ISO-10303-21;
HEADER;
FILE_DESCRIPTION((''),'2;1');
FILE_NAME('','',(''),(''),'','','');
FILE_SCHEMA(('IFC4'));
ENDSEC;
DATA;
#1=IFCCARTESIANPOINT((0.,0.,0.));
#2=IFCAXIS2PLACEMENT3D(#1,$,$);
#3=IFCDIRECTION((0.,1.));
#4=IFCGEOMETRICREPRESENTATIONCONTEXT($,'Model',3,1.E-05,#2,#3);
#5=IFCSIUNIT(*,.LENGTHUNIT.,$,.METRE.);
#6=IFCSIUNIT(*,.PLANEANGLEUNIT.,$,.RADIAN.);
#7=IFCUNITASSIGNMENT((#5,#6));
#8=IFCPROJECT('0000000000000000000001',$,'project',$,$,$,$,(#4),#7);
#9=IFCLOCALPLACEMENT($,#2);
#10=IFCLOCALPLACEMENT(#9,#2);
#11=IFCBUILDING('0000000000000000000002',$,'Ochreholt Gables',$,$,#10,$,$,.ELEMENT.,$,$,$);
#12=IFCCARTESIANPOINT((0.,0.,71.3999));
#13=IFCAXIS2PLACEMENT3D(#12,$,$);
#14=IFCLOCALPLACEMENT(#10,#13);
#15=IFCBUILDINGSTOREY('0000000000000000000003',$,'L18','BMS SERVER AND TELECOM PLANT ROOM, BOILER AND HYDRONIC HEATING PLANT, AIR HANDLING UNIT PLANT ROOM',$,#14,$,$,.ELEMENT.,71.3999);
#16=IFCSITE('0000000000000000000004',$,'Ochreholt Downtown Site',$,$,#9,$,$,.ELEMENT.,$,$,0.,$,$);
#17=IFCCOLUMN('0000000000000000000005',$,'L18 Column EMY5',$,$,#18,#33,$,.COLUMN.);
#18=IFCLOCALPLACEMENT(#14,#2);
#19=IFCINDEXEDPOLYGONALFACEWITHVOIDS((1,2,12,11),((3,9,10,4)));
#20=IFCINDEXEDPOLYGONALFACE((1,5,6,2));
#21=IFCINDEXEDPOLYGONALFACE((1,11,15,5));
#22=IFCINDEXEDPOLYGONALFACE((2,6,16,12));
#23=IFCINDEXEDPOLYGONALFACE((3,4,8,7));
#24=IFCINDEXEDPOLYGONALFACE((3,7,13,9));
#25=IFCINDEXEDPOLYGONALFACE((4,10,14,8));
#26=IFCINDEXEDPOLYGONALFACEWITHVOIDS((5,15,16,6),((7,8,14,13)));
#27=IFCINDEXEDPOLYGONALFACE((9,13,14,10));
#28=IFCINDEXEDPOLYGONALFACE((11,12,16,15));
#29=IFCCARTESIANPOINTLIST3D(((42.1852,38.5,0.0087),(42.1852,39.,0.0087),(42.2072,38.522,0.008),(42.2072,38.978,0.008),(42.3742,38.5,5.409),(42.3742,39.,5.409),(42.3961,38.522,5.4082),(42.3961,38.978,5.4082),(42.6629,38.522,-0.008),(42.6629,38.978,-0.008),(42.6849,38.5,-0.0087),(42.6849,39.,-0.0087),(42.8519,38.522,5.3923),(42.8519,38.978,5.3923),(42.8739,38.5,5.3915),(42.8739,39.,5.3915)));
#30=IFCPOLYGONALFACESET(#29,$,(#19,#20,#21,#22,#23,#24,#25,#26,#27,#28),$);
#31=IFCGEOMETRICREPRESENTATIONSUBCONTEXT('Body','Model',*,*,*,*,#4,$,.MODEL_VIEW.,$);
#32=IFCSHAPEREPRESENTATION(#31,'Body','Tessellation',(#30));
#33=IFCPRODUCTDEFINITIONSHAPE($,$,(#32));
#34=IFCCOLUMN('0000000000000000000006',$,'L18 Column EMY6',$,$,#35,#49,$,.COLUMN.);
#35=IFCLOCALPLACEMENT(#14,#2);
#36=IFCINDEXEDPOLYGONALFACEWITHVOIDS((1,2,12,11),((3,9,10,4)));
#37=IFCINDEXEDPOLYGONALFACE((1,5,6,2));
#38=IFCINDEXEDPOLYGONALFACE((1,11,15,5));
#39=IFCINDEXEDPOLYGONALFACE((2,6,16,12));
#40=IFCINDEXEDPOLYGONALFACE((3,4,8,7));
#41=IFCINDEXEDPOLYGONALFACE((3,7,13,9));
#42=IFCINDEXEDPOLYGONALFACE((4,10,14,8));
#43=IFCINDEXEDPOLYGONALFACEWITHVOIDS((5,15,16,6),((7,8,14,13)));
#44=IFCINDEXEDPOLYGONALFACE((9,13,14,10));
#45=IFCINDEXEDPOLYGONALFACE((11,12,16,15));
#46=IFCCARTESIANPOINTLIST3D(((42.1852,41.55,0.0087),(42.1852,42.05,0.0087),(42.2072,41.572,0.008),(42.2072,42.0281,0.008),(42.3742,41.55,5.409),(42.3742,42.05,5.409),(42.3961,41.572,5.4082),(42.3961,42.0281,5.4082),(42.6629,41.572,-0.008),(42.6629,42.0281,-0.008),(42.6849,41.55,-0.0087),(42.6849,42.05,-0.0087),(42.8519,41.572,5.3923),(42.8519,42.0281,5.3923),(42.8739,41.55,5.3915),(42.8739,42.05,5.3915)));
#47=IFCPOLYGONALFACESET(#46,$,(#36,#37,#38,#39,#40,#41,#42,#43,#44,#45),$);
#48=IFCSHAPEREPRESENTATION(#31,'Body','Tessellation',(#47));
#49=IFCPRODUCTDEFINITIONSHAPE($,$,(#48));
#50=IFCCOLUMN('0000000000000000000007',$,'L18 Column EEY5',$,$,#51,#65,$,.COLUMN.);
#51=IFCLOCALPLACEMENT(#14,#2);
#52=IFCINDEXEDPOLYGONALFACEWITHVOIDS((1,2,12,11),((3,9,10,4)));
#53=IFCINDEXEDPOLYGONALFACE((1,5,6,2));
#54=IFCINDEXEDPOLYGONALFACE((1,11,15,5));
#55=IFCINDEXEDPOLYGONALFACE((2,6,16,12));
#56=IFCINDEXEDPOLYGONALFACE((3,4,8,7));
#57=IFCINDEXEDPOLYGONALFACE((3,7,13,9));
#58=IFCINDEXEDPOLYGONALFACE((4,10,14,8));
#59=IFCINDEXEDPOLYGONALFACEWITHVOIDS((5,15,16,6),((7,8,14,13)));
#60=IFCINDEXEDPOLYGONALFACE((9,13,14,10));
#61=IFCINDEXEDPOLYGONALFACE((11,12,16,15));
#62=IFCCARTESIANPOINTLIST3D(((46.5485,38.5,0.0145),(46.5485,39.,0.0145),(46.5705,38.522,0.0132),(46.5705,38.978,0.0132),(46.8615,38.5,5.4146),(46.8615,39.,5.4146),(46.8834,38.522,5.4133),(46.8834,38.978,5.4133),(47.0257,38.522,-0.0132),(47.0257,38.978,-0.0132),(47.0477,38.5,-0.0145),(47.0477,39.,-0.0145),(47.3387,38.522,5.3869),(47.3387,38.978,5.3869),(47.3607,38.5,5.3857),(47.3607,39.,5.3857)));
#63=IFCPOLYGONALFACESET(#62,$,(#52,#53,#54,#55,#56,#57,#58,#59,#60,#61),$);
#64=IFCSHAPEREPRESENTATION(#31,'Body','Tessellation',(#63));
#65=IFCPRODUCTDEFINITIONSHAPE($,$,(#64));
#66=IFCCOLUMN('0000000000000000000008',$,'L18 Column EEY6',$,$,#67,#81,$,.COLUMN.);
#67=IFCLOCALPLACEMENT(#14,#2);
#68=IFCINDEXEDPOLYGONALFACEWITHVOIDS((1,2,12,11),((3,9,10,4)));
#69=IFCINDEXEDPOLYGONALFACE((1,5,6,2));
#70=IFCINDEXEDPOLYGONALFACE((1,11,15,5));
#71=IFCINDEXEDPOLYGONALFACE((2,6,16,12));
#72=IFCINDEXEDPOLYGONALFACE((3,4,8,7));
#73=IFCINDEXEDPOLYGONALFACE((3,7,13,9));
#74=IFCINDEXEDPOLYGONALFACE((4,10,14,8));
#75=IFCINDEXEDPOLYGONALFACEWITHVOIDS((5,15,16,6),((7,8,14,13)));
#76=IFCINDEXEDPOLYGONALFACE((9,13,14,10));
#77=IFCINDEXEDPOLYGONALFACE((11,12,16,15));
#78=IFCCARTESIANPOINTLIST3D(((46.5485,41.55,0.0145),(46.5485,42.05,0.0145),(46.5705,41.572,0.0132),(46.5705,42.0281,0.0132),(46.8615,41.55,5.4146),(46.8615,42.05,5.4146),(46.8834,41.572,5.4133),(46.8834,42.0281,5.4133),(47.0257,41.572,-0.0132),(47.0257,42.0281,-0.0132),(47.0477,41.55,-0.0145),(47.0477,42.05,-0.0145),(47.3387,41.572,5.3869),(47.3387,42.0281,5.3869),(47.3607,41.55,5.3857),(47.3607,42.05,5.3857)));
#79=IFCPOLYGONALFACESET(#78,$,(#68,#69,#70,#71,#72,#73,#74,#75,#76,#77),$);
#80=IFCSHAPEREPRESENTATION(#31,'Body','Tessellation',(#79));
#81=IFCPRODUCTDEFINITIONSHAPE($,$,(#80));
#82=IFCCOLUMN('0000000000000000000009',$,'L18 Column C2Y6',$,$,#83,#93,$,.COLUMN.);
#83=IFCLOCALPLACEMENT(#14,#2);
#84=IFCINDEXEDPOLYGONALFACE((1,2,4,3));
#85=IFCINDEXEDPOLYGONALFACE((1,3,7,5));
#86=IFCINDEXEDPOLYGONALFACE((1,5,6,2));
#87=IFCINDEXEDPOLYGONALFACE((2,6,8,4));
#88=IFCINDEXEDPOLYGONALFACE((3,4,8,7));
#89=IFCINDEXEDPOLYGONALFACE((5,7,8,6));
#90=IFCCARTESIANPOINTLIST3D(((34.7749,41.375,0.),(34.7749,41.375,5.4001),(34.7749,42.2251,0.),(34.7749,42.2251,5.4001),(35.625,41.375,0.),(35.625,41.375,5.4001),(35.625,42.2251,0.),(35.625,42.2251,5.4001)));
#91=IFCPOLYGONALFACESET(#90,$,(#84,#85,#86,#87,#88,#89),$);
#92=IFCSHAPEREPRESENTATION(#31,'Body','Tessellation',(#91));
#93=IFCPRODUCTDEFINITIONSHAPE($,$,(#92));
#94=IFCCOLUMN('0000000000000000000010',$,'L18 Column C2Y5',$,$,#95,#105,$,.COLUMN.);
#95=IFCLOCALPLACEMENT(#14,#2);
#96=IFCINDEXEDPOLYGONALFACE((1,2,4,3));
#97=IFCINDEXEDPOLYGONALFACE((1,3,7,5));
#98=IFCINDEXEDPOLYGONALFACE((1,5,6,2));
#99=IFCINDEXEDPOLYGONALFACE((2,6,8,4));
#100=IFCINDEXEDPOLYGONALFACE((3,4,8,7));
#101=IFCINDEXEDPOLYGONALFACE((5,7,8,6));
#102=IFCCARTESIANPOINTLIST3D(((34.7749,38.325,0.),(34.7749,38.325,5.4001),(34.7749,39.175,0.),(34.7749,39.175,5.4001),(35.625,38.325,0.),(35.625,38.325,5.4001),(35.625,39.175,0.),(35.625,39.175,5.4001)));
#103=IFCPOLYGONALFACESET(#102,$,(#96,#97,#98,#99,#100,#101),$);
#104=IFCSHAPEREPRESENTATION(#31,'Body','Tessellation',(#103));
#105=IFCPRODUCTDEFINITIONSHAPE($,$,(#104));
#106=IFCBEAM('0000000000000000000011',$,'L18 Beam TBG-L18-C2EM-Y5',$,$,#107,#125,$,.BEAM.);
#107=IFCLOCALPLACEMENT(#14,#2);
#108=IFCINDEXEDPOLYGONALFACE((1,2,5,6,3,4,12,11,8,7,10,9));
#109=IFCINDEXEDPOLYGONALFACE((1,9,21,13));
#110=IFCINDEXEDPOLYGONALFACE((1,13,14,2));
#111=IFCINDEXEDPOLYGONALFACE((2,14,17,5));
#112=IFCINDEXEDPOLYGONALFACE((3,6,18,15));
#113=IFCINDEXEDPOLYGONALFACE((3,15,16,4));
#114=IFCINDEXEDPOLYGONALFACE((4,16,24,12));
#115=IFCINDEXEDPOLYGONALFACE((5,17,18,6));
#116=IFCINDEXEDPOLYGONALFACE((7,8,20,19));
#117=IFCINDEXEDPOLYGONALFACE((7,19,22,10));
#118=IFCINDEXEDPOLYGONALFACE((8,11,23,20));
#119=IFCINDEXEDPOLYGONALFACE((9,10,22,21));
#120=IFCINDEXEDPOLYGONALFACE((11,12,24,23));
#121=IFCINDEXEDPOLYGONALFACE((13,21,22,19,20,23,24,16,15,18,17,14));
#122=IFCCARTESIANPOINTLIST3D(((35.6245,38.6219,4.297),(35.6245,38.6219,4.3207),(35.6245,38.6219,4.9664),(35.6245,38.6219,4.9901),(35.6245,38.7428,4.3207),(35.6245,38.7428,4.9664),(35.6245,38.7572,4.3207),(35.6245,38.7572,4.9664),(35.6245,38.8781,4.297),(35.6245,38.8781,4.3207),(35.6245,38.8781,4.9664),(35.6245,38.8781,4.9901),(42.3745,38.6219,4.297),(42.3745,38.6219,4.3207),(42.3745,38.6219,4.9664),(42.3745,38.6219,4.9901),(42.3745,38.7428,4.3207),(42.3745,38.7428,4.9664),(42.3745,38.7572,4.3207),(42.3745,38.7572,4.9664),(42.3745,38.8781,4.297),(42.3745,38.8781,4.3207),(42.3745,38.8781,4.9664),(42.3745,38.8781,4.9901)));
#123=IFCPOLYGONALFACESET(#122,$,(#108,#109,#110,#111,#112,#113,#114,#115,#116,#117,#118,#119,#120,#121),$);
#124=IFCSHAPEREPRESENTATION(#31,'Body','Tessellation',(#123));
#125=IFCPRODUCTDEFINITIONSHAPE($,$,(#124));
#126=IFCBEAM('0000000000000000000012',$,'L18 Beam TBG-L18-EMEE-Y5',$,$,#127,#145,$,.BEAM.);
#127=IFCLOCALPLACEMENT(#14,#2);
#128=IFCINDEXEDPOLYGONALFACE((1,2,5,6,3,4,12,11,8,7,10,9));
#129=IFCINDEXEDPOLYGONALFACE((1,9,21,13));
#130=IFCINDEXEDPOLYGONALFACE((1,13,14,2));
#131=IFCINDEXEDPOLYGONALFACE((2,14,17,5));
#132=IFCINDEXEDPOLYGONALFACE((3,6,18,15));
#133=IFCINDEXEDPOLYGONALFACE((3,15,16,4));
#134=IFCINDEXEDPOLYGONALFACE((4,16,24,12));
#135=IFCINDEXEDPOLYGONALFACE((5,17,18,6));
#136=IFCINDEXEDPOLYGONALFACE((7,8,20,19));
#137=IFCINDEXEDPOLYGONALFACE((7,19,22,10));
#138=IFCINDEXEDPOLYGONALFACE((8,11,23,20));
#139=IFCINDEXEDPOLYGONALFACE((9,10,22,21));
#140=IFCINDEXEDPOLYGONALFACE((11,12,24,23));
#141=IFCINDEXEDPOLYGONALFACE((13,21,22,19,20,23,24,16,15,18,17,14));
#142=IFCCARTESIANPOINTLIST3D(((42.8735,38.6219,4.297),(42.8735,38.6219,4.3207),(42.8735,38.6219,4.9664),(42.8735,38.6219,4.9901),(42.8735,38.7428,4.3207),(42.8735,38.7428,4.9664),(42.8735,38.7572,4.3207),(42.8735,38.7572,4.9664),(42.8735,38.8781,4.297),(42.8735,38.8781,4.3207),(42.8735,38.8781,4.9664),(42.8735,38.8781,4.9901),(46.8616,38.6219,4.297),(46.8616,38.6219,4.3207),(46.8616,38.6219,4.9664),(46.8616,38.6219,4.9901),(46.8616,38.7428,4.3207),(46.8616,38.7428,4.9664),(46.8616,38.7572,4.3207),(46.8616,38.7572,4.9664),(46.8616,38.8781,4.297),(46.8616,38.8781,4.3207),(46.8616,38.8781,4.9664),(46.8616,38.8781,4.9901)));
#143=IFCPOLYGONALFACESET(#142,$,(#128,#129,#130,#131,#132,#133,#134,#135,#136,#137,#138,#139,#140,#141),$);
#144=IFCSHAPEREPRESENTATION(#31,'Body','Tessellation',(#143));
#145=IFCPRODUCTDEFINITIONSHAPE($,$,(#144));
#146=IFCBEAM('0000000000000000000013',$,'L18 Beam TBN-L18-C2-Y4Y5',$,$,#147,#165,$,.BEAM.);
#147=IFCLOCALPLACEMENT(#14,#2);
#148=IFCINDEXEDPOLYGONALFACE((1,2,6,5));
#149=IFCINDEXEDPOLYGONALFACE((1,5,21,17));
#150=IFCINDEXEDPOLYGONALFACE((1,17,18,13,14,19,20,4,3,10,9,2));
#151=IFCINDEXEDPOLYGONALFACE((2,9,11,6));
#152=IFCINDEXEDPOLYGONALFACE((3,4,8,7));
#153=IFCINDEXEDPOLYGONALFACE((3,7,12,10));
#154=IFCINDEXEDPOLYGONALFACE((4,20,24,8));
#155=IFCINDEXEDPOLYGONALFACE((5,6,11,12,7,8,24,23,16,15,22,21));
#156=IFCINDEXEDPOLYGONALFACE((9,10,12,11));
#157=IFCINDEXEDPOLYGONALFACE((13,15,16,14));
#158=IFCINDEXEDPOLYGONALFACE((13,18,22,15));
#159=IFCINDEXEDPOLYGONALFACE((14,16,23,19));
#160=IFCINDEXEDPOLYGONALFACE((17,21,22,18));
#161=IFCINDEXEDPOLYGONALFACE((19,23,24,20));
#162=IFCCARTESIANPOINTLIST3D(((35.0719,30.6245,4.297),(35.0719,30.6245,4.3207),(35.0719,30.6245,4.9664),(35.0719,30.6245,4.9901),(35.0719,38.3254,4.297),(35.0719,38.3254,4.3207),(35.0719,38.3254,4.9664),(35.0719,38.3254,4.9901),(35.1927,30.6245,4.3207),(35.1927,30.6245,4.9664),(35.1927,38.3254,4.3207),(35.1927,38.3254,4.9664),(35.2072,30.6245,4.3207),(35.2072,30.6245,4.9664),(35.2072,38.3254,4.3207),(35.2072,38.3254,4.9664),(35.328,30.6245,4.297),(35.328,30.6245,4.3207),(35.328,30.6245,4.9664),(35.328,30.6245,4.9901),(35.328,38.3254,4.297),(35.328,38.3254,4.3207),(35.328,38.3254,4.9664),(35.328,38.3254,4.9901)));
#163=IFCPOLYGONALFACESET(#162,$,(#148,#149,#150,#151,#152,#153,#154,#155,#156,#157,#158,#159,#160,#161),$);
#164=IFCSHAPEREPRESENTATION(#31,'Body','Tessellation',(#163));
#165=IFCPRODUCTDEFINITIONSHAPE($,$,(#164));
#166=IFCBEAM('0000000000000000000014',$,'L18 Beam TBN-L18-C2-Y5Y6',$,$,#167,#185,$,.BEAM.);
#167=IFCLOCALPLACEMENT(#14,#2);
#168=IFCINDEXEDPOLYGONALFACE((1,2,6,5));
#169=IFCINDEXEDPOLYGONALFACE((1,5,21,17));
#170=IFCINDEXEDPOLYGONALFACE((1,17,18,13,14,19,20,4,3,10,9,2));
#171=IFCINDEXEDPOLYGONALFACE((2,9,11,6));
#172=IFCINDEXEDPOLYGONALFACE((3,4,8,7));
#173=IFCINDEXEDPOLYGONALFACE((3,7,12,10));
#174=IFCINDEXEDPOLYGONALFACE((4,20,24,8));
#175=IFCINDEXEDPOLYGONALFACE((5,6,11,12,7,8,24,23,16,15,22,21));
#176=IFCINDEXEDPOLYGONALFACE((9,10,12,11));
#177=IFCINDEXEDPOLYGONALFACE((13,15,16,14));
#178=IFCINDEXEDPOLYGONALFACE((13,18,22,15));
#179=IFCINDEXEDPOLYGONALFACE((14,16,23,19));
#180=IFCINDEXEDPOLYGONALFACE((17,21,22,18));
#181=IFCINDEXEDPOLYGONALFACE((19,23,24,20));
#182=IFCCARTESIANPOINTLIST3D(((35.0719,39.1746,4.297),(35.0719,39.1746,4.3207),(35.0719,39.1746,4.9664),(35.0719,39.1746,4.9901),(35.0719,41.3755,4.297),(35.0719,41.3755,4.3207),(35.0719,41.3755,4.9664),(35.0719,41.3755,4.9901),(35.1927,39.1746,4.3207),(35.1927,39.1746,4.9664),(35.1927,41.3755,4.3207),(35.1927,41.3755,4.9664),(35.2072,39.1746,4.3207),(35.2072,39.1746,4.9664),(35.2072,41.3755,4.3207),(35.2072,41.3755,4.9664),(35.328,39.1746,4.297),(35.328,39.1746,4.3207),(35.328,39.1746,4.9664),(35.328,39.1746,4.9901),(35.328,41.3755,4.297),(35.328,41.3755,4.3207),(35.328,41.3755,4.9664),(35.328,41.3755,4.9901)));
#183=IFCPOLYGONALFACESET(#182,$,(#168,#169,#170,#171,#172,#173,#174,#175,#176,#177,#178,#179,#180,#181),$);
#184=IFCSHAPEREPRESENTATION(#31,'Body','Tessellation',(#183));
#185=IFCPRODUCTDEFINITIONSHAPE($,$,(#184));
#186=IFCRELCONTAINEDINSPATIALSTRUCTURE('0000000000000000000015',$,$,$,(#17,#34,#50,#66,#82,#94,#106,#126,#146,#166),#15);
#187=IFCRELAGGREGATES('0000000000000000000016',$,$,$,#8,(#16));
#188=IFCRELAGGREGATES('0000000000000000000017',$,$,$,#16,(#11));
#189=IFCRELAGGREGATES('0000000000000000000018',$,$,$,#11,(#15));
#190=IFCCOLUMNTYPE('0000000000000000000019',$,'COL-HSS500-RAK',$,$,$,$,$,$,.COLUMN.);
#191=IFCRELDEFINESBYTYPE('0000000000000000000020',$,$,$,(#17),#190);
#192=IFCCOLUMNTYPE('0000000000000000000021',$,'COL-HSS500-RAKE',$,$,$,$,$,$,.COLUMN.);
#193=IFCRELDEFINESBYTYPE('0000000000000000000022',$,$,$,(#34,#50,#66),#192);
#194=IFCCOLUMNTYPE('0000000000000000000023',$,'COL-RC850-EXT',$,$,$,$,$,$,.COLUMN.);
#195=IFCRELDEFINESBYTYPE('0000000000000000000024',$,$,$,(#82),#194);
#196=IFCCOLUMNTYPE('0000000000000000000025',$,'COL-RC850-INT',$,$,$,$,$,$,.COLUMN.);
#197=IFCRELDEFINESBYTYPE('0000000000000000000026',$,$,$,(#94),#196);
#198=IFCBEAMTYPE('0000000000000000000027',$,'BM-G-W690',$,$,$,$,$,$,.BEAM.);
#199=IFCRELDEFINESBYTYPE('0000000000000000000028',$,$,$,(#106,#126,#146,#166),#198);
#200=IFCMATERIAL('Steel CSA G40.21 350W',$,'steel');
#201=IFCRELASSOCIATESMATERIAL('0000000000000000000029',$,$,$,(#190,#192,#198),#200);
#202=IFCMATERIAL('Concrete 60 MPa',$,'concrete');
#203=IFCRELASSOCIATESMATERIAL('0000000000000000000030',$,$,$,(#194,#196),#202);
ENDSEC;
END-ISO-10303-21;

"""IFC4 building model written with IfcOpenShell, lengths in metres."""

from ifc_helpers import new_model, si_unit, direction, frame, origin, origin_2d, place, context, subcontext, project, spatial, rectangle, hollow_rectangle, i_section, extrude, material, material_profile, profile_set, type_object, element, save


model = new_model("IFC4")

# Units and contexts
model_context = context("Model", 3, precision=1e-05, world=origin(), true_north=direction((0.0, 1.0)))
body_context = subcontext(model_context, "Body", "Model", "MODEL_VIEW")
ifc_project = project(units=[si_unit("LENGTHUNIT", "METRE"), si_unit("PLANEANGLEUNIT", "RADIAN")], contexts=[model_context])

# Site, building, storey
site_placement = place(None, origin())
site = spatial("IfcSite", under=ifc_project, at=site_placement, Name="Ochreholt Downtown Site", CompositionType="ELEMENT", RefElevation=0.0)
building_placement = place(site_placement, origin())
building = spatial("IfcBuilding", under=site, at=building_placement, Name="Ochreholt Gables", CompositionType="ELEMENT")
storey_placement = place(building_placement, frame((0.0, 0.0, 71.3999)))
storey = spatial("IfcBuildingStorey", under=building, at=storey_placement, Name="L18", Description="BMS SERVER AND TELECOM PLANT ROOM, BOILER AND HYDRONIC HEATING PLANT, AIR HANDLING UNIT PLANT ROOM", CompositionType="ELEMENT", Elevation=71.3999)

# Columns
ifc_material_1 = material(Name="Steel CSA G40.21 350W", Category="steel")
ifc_material_profile_1 = material_profile(ifc_material_1, hollow_rectangle(XDim=0.5, YDim=0.5, WallThickness=0.022, at=origin_2d()), Name="HSS500X500X22")
ifc_profile_set_1 = profile_set([ifc_material_profile_1], Name="Steel CSA G40.21 350W")
column_type_1 = type_object("IfcColumnType", Name="COL-HSS500-RAK", PredefinedType="COLUMN", material=ifc_profile_set_1)
column_1_placement = place(storey_placement, frame((42.4351, 38.75, 0.0), z_axis=(0.034971, 0.0, 0.999388), x_axis=(0.0, 1.0, 0.0)))
element("IfcColumn", 1, at=column_1_placement, inside=storey, type_object=column_type_1, Name="L18 Column EMY5", PredefinedType="COLUMN", context=body_context, shape_type="SweptSolid", body=[
    extrude(hollow_rectangle(XDim=0.5, YDim=0.5, WallThickness=0.022, at=origin_2d()), origin(), (0.0, 0.0, 1.0), 5.4036),
])
ifc_material_profile_2 = material_profile(ifc_material_1, hollow_rectangle(XDim=0.5, YDim=0.5, WallThickness=0.022, at=origin_2d()), Name="HSS500X500X22")
ifc_profile_set_2 = profile_set([ifc_material_profile_2], Name="Steel CSA G40.21 350W")
column_type_2 = type_object("IfcColumnType", Name="COL-HSS500-RAKE", PredefinedType="COLUMN", material=ifc_profile_set_2)
column_2_placement = place(storey_placement, frame((42.4351, 41.8, 0.0), z_axis=(0.034971, 0.0, 0.999388), x_axis=(0.0, 1.0, 0.0)))
element("IfcColumn", 2, at=column_2_placement, inside=storey, type_object=column_type_2, Name="L18 Column EMY6", PredefinedType="COLUMN", context=body_context, shape_type="SweptSolid", body=[
    extrude(hollow_rectangle(XDim=0.5, YDim=0.5, WallThickness=0.022, at=origin_2d()), origin(), (0.0, 0.0, 1.0), 5.4036),
])
for number, where, z_axis, x_axis, name in (
    (3, (46.7981, 38.75, 0.0), (0.057862, 0.0, 0.998325), (0.0, 1.0, 0.0), "L18 Column EEY5"),
    (4, (46.7981, 41.8, 0.0), (0.057862, 0.0, 0.998325), (0.0, 1.0, 0.0), "L18 Column EEY6"),
):
    element("IfcColumn", number, at=place(storey_placement, frame(where, z_axis=z_axis, x_axis=x_axis)), inside=storey, type_object=column_type_2, Name=name, PredefinedType="COLUMN", context=body_context, shape_type="SweptSolid", body=[
        extrude(hollow_rectangle(XDim=0.5, YDim=0.5, WallThickness=0.022, at=origin_2d()), origin(), (0.0, 0.0, 1.0), 5.4092),
    ])
ifc_material_2 = material(Name="Concrete 60 MPa", Category="concrete")
ifc_material_profile_3 = material_profile(ifc_material_2, rectangle(XDim=0.8501, YDim=0.8501, at=origin_2d()), Name="RC850X850")
ifc_profile_set_3 = profile_set([ifc_material_profile_3], Name="Concrete 60 MPa")
column_type_3 = type_object("IfcColumnType", Name="COL-RC850-EXT", PredefinedType="COLUMN", material=ifc_profile_set_3)
column_3_placement = place(storey_placement, frame((35.2, 41.8, 0.0), z_axis=(0.0, 0.0, 1.0), x_axis=(1.0, 0.0, 0.0)))
element("IfcColumn", 5, at=column_3_placement, inside=storey, type_object=column_type_3, Name="L18 Column C2Y6", PredefinedType="COLUMN", context=body_context, shape_type="SweptSolid", body=[
    extrude(rectangle(XDim=0.8501, YDim=0.8501, at=origin_2d()), origin(), (0.0, 0.0, 1.0), 5.4001),
])
ifc_material_profile_4 = material_profile(ifc_material_2, rectangle(XDim=0.8501, YDim=0.8501, at=origin_2d()), Name="RC850X850")
ifc_profile_set_4 = profile_set([ifc_material_profile_4], Name="Concrete 60 MPa")
column_type_4 = type_object("IfcColumnType", Name="COL-RC850-INT", PredefinedType="COLUMN", material=ifc_profile_set_4)
column_4_placement = place(storey_placement, frame((35.2, 38.75, 0.0), z_axis=(0.0, 0.0, 1.0), x_axis=(1.0, 0.0, 0.0)))
element("IfcColumn", 6, at=column_4_placement, inside=storey, type_object=column_type_4, Name="L18 Column C2Y5", PredefinedType="COLUMN", context=body_context, shape_type="SweptSolid", body=[
    extrude(rectangle(XDim=0.8501, YDim=0.8501, at=origin_2d()), origin(), (0.0, 0.0, 1.0), 5.4001),
])

# Beams
ifc_material_profile_5 = material_profile(ifc_material_1, i_section(OverallWidth=0.2561, OverallDepth=0.6931, WebThickness=0.0144, FlangeThickness=0.0237, at=origin_2d()), Name="W690X170")
ifc_profile_set_5 = profile_set([ifc_material_profile_5], Name="Steel CSA G40.21 350W")
beam_type_1 = type_object("IfcBeamType", Name="BM-G-W690", PredefinedType="BEAM", material=ifc_profile_set_5)
beam_1_placement = place(storey_placement, frame((35.6245, 38.75, 4.6436), z_axis=(1.0, 0.0, 0.0), x_axis=(0.0, 1.0, 0.0)))
element("IfcBeam", 7, at=beam_1_placement, inside=storey, type_object=beam_type_1, Name="L18 Beam TBG-L18-C2EM-Y5", PredefinedType="BEAM", context=body_context, shape_type="SweptSolid", body=[
    extrude(i_section(OverallWidth=0.2561, OverallDepth=0.6931, WebThickness=0.0144, FlangeThickness=0.0237, at=origin_2d()), origin(), (0.0, 0.0, 1.0), 6.75),
])
beam_2_placement = place(storey_placement, frame((42.8735, 38.75, 4.6436), z_axis=(1.0, 0.0, 0.0), x_axis=(0.0, 1.0, 0.0)))
element("IfcBeam", 8, at=beam_2_placement, inside=storey, type_object=beam_type_1, Name="L18 Beam TBG-L18-EMEE-Y5", PredefinedType="BEAM", context=body_context, shape_type="SweptSolid", body=[
    extrude(i_section(OverallWidth=0.2561, OverallDepth=0.6931, WebThickness=0.0144, FlangeThickness=0.0237, at=origin_2d()), origin(), (0.0, 0.0, 1.0), 3.988),
])
beam_3_placement = place(storey_placement, frame((35.2, 30.6245, 4.6436), z_axis=(0.0, 1.0, 0.0), x_axis=(-1.0, 0.0, 0.0)))
element("IfcBeam", 9, at=beam_3_placement, inside=storey, type_object=beam_type_1, Name="L18 Beam TBN-L18-C2-Y4Y5", PredefinedType="BEAM", context=body_context, shape_type="SweptSolid", body=[
    extrude(i_section(OverallWidth=0.2561, OverallDepth=0.6931, WebThickness=0.0144, FlangeThickness=0.0237, at=origin_2d()), origin(), (0.0, 0.0, 1.0), 7.7009),
])
beam_4_placement = place(storey_placement, frame((35.2, 39.1746, 4.6436), z_axis=(0.0, 1.0, 0.0), x_axis=(-1.0, 0.0, 0.0)))
element("IfcBeam", 10, at=beam_4_placement, inside=storey, type_object=beam_type_1, Name="L18 Beam TBN-L18-C2-Y5Y6", PredefinedType="BEAM", context=body_context, shape_type="SweptSolid", body=[
    extrude(i_section(OverallWidth=0.2561, OverallDepth=0.6931, WebThickness=0.0144, FlangeThickness=0.0237, at=origin_2d()), origin(), (0.0, 0.0, 1.0), 2.2009),
])

save(model, "model.ifc")
